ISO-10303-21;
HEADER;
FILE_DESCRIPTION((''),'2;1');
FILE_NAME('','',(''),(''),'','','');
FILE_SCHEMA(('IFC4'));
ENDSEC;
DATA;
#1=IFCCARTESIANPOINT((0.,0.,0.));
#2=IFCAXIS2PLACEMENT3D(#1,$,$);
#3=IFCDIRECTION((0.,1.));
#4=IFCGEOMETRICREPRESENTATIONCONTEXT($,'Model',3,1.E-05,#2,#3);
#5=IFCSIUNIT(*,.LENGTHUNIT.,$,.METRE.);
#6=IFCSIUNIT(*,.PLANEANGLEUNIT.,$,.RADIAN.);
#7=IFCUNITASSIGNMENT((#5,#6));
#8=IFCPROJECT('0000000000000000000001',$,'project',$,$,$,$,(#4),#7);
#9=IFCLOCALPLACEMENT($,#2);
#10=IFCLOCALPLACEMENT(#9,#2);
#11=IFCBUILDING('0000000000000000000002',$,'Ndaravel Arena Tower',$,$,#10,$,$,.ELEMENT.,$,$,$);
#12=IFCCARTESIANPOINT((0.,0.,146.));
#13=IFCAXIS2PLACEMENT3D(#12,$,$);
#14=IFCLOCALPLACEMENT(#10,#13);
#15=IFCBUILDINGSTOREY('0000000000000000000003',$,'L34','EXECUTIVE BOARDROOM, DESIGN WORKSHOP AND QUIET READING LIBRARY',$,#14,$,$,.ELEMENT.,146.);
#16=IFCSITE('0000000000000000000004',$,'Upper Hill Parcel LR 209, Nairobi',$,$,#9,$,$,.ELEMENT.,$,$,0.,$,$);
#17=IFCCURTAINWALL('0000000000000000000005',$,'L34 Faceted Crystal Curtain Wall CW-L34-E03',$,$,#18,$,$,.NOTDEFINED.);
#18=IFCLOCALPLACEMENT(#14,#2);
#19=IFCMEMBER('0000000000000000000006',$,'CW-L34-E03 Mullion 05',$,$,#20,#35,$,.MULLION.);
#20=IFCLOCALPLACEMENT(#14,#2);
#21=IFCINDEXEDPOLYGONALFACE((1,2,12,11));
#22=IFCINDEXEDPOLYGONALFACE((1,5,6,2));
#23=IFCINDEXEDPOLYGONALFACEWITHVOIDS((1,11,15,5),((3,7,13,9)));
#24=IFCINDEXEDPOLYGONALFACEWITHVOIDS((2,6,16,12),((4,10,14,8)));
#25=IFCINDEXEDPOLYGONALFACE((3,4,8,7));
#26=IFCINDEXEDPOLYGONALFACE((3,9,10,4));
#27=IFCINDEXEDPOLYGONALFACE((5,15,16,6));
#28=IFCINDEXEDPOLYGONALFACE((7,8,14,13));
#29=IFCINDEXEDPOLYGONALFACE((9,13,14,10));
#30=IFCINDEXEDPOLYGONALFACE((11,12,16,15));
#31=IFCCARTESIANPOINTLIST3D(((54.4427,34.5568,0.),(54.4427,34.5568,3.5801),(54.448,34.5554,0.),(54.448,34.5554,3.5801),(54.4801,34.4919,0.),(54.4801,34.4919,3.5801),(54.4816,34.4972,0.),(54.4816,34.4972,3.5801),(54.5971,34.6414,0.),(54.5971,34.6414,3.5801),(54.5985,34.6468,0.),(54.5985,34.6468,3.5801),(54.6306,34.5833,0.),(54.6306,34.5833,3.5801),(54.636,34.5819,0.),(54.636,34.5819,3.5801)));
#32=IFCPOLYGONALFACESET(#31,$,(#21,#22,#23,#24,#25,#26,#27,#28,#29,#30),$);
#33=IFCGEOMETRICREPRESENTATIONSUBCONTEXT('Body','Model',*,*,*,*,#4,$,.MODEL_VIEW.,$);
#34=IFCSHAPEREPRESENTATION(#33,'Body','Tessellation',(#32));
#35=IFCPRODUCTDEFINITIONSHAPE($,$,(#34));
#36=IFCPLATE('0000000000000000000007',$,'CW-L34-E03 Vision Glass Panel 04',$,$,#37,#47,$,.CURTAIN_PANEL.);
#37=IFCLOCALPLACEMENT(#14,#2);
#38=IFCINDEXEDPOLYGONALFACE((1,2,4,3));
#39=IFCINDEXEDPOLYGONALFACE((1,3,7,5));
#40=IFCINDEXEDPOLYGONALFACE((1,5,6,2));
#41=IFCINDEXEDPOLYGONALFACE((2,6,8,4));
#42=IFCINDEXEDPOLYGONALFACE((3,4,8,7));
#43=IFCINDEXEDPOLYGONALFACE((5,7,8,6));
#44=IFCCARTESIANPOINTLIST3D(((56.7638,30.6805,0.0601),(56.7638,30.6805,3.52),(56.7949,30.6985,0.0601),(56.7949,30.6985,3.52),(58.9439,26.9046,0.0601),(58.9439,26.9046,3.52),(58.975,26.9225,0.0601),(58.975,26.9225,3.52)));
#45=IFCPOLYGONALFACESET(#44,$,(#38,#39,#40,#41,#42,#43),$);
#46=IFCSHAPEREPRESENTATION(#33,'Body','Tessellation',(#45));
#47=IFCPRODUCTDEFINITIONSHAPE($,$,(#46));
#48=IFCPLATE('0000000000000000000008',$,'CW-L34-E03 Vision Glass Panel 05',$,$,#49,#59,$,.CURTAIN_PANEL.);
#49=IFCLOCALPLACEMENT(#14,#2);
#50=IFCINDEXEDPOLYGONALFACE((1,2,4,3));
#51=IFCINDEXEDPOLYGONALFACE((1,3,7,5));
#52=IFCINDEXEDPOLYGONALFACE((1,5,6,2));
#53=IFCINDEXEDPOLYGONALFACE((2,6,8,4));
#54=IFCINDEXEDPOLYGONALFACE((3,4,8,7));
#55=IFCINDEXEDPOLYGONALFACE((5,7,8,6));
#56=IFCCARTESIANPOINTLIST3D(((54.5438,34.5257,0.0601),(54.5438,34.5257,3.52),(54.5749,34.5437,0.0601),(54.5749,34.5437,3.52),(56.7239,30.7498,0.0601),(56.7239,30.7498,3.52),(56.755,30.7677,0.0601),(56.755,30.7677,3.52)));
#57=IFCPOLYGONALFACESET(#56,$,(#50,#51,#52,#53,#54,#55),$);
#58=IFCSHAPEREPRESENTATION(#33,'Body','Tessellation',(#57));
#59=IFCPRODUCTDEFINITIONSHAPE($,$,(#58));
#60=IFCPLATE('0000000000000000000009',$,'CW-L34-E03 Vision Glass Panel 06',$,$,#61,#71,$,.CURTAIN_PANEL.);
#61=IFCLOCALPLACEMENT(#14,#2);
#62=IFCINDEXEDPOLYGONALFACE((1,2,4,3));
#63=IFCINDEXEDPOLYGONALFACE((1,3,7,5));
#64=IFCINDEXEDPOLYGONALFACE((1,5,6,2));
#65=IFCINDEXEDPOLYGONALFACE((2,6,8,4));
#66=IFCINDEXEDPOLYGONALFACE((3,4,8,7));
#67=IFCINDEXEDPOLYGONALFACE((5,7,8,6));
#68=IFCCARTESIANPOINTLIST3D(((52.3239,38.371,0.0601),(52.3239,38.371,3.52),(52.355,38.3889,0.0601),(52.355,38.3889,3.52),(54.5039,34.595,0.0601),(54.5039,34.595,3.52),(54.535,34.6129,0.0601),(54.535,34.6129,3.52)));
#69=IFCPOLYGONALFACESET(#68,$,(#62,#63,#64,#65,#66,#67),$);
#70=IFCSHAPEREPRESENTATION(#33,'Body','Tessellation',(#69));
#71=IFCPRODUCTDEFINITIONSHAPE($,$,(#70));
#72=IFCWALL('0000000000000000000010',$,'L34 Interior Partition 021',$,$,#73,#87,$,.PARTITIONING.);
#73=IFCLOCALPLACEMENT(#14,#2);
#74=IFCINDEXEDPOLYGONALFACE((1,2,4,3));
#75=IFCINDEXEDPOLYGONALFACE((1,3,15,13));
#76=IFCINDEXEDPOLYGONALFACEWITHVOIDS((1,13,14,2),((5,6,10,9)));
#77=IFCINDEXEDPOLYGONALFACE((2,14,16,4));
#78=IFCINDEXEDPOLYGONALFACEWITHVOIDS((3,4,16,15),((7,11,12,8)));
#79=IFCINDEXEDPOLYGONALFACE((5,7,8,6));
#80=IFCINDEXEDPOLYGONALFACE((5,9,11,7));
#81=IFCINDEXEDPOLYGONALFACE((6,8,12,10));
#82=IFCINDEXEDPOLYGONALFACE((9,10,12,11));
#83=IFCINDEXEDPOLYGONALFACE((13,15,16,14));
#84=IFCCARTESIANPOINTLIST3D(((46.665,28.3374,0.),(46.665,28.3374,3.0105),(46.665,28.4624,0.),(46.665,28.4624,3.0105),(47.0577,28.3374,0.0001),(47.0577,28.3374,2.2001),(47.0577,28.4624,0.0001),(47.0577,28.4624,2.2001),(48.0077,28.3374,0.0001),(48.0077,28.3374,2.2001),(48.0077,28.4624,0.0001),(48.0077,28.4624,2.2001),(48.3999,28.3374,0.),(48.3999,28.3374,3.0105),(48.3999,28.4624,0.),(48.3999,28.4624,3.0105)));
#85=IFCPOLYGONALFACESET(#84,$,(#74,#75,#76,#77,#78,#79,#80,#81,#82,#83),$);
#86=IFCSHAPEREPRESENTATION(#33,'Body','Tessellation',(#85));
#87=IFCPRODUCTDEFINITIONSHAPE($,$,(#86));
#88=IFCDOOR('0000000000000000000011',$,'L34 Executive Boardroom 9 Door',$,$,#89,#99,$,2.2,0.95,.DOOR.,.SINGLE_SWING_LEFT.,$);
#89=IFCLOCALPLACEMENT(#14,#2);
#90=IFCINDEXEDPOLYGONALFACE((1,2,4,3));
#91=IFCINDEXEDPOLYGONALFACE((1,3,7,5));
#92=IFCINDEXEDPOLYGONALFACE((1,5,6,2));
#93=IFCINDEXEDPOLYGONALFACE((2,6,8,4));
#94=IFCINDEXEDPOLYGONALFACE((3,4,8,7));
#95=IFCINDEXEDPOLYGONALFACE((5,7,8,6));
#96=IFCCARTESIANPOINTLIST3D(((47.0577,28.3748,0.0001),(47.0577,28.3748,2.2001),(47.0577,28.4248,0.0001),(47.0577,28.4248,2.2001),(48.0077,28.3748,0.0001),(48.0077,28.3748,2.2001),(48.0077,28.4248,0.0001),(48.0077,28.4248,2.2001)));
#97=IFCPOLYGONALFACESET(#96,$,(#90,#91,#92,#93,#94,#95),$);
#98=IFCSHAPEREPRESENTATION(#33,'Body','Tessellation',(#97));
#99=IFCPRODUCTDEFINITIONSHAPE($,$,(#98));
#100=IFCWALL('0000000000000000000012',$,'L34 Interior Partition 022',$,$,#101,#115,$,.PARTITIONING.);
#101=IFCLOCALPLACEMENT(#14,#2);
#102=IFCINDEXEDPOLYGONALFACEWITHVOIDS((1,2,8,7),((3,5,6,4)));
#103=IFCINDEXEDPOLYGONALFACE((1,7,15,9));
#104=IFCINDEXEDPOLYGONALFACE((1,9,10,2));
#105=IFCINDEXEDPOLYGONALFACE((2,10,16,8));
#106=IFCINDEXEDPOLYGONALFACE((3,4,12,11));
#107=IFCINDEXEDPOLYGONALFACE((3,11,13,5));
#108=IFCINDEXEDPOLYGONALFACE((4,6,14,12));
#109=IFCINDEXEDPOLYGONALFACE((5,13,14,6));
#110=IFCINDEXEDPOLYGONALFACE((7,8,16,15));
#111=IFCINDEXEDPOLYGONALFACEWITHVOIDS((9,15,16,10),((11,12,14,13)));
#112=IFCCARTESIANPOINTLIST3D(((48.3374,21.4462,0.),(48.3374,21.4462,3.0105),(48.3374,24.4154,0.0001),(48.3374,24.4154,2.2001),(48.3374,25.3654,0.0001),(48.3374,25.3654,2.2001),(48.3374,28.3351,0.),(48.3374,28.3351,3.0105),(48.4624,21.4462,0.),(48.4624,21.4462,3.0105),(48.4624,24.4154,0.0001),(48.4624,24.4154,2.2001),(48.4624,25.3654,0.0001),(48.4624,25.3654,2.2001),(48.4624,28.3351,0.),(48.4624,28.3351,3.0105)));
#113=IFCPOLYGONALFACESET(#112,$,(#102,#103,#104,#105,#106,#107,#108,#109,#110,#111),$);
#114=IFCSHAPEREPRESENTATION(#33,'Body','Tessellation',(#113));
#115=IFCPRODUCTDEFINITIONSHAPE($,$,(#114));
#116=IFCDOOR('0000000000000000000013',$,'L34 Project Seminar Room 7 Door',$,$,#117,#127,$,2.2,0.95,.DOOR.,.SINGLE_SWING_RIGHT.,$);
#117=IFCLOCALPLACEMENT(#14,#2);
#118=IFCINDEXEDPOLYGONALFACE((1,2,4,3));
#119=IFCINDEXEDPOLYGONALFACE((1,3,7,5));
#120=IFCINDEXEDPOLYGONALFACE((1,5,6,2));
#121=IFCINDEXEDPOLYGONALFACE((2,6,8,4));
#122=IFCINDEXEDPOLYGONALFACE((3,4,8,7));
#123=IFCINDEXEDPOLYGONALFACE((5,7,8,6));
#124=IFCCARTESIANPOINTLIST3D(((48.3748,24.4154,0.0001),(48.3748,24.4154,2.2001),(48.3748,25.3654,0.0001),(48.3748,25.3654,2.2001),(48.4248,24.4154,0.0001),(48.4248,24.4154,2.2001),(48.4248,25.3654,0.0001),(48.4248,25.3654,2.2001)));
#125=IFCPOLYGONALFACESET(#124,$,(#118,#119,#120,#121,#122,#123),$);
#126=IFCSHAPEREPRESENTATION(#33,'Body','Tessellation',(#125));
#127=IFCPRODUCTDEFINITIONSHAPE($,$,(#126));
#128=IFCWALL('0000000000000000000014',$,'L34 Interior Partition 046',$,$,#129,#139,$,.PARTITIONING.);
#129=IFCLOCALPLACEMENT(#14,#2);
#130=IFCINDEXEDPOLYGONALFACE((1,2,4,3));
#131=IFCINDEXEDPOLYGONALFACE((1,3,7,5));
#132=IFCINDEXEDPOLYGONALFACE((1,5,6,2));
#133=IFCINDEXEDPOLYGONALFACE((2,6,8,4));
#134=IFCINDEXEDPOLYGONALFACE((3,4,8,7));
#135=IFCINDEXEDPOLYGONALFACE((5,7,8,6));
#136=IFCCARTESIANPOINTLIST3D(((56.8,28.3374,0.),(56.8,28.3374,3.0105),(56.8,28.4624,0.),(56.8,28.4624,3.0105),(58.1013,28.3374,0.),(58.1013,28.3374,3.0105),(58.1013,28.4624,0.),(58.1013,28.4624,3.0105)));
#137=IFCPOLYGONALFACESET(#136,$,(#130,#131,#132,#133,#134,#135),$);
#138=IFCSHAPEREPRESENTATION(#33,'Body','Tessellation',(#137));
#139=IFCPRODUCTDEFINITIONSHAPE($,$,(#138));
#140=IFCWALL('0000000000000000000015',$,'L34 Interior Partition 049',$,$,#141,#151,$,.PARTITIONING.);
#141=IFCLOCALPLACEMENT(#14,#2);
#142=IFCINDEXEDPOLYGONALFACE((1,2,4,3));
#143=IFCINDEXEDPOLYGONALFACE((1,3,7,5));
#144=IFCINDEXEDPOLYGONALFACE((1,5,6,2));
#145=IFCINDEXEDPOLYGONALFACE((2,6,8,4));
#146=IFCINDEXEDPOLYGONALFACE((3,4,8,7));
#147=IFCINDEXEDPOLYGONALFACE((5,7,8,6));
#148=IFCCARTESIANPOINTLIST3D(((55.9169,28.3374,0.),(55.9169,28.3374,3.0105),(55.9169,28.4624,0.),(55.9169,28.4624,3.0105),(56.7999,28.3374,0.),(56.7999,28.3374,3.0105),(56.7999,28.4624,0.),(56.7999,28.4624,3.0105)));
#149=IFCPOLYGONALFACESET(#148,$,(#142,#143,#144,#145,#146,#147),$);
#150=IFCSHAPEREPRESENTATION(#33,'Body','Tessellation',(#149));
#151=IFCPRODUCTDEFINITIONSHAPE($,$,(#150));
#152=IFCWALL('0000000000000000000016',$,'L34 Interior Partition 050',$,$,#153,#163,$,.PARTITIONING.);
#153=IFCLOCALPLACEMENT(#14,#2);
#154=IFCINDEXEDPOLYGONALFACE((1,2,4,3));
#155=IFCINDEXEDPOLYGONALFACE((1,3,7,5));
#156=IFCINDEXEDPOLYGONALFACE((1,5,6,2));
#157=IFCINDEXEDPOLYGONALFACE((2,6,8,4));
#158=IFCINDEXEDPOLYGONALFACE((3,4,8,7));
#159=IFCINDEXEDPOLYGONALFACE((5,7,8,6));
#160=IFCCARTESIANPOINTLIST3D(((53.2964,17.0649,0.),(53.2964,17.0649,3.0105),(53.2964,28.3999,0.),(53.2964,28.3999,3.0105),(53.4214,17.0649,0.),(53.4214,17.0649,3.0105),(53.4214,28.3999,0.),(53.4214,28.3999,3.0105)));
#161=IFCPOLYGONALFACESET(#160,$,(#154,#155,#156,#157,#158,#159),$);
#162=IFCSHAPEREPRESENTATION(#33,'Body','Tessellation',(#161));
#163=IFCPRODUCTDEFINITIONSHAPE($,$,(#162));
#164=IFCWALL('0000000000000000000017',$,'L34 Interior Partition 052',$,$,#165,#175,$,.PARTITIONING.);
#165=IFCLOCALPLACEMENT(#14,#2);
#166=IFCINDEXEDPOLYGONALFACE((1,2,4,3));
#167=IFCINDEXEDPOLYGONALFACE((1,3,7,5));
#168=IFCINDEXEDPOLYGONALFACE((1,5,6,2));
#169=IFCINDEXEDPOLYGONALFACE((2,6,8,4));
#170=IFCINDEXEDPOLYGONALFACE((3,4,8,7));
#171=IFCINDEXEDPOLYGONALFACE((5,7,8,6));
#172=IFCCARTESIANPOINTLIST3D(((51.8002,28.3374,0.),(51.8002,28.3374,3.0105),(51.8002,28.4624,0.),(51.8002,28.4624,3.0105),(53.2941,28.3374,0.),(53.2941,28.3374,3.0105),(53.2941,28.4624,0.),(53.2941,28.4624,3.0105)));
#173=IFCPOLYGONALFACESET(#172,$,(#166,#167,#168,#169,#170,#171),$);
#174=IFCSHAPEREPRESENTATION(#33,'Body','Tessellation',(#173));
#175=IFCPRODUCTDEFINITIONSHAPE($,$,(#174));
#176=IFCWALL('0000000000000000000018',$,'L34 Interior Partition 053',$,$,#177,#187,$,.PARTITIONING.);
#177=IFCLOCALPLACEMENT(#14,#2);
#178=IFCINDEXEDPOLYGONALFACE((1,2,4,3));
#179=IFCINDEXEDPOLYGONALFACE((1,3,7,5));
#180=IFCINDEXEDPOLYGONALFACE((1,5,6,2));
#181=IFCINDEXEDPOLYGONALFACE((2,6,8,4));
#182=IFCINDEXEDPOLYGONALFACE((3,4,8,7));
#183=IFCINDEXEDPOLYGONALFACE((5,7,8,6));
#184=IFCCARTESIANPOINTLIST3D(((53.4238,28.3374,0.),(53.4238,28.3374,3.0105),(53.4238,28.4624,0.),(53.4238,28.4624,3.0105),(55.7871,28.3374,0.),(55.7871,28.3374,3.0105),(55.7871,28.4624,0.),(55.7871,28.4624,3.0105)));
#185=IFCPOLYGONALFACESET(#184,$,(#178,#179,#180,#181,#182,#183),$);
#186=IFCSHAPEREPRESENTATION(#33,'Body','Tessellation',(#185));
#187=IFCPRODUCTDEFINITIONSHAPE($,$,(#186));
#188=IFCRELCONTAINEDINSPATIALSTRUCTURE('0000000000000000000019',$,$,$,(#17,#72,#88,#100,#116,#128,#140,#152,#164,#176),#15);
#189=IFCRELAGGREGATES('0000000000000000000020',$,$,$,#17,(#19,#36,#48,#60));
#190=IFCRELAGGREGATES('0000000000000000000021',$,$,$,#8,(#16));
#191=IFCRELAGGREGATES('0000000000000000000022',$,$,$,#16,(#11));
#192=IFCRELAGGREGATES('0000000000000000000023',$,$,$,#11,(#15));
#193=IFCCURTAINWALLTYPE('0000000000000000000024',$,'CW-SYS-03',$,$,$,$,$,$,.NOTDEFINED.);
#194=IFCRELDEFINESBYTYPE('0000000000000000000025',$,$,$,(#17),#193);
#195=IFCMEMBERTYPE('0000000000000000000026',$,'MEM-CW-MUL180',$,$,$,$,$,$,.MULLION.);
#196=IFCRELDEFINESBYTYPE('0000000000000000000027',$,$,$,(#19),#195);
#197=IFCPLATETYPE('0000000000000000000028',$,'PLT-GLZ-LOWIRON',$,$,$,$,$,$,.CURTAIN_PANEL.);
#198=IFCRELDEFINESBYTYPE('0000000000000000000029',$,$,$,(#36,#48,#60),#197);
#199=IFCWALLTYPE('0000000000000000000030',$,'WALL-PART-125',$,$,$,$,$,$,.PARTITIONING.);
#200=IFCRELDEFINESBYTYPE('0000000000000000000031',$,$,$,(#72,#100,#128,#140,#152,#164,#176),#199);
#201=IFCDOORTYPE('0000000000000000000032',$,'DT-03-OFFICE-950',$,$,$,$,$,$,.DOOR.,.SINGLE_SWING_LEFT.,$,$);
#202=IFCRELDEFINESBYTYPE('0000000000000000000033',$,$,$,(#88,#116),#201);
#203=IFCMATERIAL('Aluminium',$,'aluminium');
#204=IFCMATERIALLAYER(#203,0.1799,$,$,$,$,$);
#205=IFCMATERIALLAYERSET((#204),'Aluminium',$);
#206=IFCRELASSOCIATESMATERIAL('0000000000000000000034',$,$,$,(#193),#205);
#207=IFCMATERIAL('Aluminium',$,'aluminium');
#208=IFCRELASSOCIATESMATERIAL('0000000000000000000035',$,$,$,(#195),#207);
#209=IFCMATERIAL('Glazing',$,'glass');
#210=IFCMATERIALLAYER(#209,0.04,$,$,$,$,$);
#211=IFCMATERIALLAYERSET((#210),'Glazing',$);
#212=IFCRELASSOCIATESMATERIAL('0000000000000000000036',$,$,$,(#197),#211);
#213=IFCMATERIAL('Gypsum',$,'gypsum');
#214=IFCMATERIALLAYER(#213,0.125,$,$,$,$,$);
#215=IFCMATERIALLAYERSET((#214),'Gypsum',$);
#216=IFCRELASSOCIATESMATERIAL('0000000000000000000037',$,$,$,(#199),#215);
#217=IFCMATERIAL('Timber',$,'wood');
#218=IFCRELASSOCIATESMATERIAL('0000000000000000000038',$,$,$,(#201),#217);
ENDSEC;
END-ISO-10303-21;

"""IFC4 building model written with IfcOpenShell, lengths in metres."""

from ifc_helpers import new_model, si_unit, direction, frame, frame_2d, origin, origin_2d, place, context, subcontext, project, spatial, rectangle, hollow_rectangle, extrude, material, layer, layer_set, material_profile, profile_set, type_object, element, fill, aggregate, save


model = new_model("IFC4")

# Units and contexts
model_context = context("Model", 3, precision=1e-05, world=origin(), true_north=direction((0.0, 1.0)))
body_context = subcontext(model_context, "Body", "Model", "MODEL_VIEW")
ifc_project = project(units=[si_unit("LENGTHUNIT", "METRE"), si_unit("PLANEANGLEUNIT", "RADIAN")], contexts=[model_context])

# Site, building, storey
site_placement = place(None, origin())
site = spatial("IfcSite", under=ifc_project, at=site_placement, Name="Upper Hill Parcel LR 209, Nairobi", CompositionType="ELEMENT", RefElevation=0.0)
building_placement = place(site_placement, origin())
building = spatial("IfcBuilding", under=site, at=building_placement, Name="Ndaravel Arena Tower", CompositionType="ELEMENT")
storey_placement = place(building_placement, frame((0.0, 0.0, 146.0)))
storey = spatial("IfcBuildingStorey", under=building, at=storey_placement, Name="L34", Description="EXECUTIVE BOARDROOM, DESIGN WORKSHOP AND QUIET READING LIBRARY", CompositionType="ELEMENT", Elevation=146.0)

# Curtain wall, member, plates
ifc_material_1 = material(Name="Aluminium", Category="aluminium")
ifc_layer_1 = layer(ifc_material_1, 0.1799)
ifc_layer_set_1 = layer_set([ifc_layer_1], Name="Aluminium")
curtain_wall_type = type_object("IfcCurtainWallType", Name="CW-SYS-03", PredefinedType="NOTDEFINED", material=ifc_layer_set_1)
curtain_wall_placement = place(storey_placement, origin())
curtain_wall = element("IfcCurtainWall", 1, at=curtain_wall_placement, inside=storey, type_object=curtain_wall_type, Name="L34 Faceted Crystal Curtain Wall CW-L34-E03", PredefinedType="NOTDEFINED")
ifc_material_2 = material(Name="Aluminium", Category="aluminium")
ifc_material_profile_1 = material_profile(ifc_material_2, hollow_rectangle(XDim=0.075, YDim=0.1799, WallThickness=0.0039, at=origin_2d()), Name="CW MULLION 75x180x4")
ifc_profile_set_1 = profile_set([ifc_material_profile_1], Name="Aluminium")
member_type = type_object("IfcMemberType", Name="MEM-CW-MUL180", PredefinedType="MULLION", material=ifc_profile_set_1)
member_1_placement = place(storey_placement, frame((54.5393, 34.5693, 0.0), z_axis=(0.0, 0.0, 1.0), x_axis=(-0.5, 0.866025, 0.0)))
member_1 = element("IfcMember", 2, at=member_1_placement, type_object=member_type, Name="CW-L34-E03 Mullion 05", PredefinedType="MULLION", context=body_context, shape_type="SweptSolid", body=[
    extrude(hollow_rectangle(XDim=0.075, YDim=0.1799, WallThickness=0.0039, at=origin_2d()), origin(), (0.0, 0.0, 1.0), 3.5801),
])
ifc_material_3 = material(Name="Glazing", Category="glass")
ifc_layer_2 = layer(ifc_material_3, 0.04)
ifc_layer_set_2 = layer_set([ifc_layer_2], Name="Glazing")
plate_type = type_object("IfcPlateType", Name="PLT-GLZ-LOWIRON", PredefinedType="CURTAIN_PANEL", material=ifc_layer_set_2)
plate_1_placement = place(storey_placement, frame((57.8694, 28.8015, 0.0601), z_axis=(0.0, 0.0, 1.0), x_axis=(-0.5, 0.866025, 0.0)))
plate_1 = element("IfcPlate", 3, at=plate_1_placement, type_object=plate_type, Name="CW-L34-E03 Vision Glass Panel 04", PredefinedType="CURTAIN_PANEL", context=body_context, shape_type="SweptSolid", body=[
    extrude(rectangle(XDim=4.3601, YDim=0.0359, at=origin_2d()), origin(), (0.0, 0.0, 1.0), 3.46),
])
plate_2_placement = place(storey_placement, frame((55.6494, 32.6467, 0.0601), z_axis=(0.0, 0.0, 1.0), x_axis=(-0.5, 0.866025, 0.0)))
plate_2 = element("IfcPlate", 4, at=plate_2_placement, type_object=plate_type, Name="CW-L34-E03 Vision Glass Panel 05", PredefinedType="CURTAIN_PANEL", context=body_context, shape_type="SweptSolid", body=[
    extrude(rectangle(XDim=4.3601, YDim=0.0359, at=origin_2d()), origin(), (0.0, 0.0, 1.0), 3.46),
])
plate_3_placement = place(storey_placement, frame((53.4294, 36.4919, 0.0601), z_axis=(0.0, 0.0, 1.0), x_axis=(-0.5, 0.866025, 0.0)))
plate_3 = element("IfcPlate", 5, at=plate_3_placement, type_object=plate_type, Name="CW-L34-E03 Vision Glass Panel 06", PredefinedType="CURTAIN_PANEL", context=body_context, shape_type="SweptSolid", body=[
    extrude(rectangle(XDim=4.3601, YDim=0.0359, at=origin_2d()), origin(), (0.0, 0.0, 1.0), 3.46),
])
aggregate(curtain_wall, [member_1, plate_1, plate_2, plate_3])

# Walls, openings, doors
ifc_material_4 = material(Name="Gypsum", Category="gypsum")
ifc_layer_3 = layer(ifc_material_4, 0.125)
ifc_layer_set_3 = layer_set([ifc_layer_3], Name="Gypsum")
wall_type_1 = type_object("IfcWallType", Name="WALL-PART-125", PredefinedType="PARTITIONING", material=ifc_layer_set_3)
wall_1_placement = place(storey_placement, frame((46.665, 28.3999, 0.0), z_axis=(0.0, 0.0, 1.0), x_axis=(1.0, 0.0, 0.0)))
wall_1 = element("IfcWall", 6, at=wall_1_placement, inside=storey, type_object=wall_type_1, Name="L34 Interior Partition 021", PredefinedType="PARTITIONING", context=body_context, shape_type="SweptSolid", body=[
    extrude(rectangle(XDim=1.7349, YDim=0.125, at=frame_2d((0.8674, 0.0))), origin(), (0.0, 0.0, 1.0), 3.0105),
])
opening_1_placement = place(wall_1_placement, frame((0.3926, 0.0, 0.0)))
opening_1 = element("IfcOpeningElement", 7, at=opening_1_placement, cuts=wall_1, PredefinedType="OPENING", context=body_context, shape_type="SweptSolid", body=[
    extrude(rectangle(XDim=0.95, YDim=2.2, at=frame_2d((0.4751, 1.1001))), frame((0.0, 0.0625, 0.0), z_axis=(0.0, -1.0, 0.0), x_axis=(1.0, 0.0, 0.0)), (0.0, 0.0, 1.0), 0.125),
])
ifc_material_5 = material(Name="Timber", Category="wood")
door_type = type_object("IfcDoorType", Name="DT-03-OFFICE-950", OperationType="SINGLE_SWING_LEFT", PredefinedType="DOOR", material=ifc_material_5)
door_1_placement = place(opening_1_placement, origin())
door_1 = element("IfcDoor", 8, at=door_1_placement, inside=storey, type_object=door_type, Name="L34 Executive Boardroom 9 Door", OperationType="SINGLE_SWING_LEFT", OverallHeight=2.2, OverallWidth=0.95, PredefinedType="DOOR", context=body_context, shape_type="SweptSolid", body=[
    extrude(rectangle(XDim=0.95, YDim=2.2, at=frame_2d((0.4751, 1.1001))), frame((0.0, 0.0249, 0.0), z_axis=(0.0, -1.0, 0.0), x_axis=(1.0, 0.0, 0.0)), (0.0, 0.0, 1.0), 0.05),
])
fill(opening_1, door_1)
wall_2_placement = place(storey_placement, frame((48.3999, 28.335, 0.0), z_axis=(0.0, 0.0, 1.0), x_axis=(0.0, -1.0, 0.0)))
wall_2 = element("IfcWall", 9, at=wall_2_placement, inside=storey, type_object=wall_type_1, Name="L34 Interior Partition 022", PredefinedType="PARTITIONING", context=body_context, shape_type="SweptSolid", body=[
    extrude(rectangle(XDim=6.8889, YDim=0.125, at=frame_2d((3.4443, 0.0))), origin(), (0.0, 0.0, 1.0), 3.0105),
])
opening_2_placement = place(wall_2_placement, frame((2.9695, 0.0, 0.0)))
opening_2 = element("IfcOpeningElement", 10, at=opening_2_placement, cuts=wall_2, PredefinedType="OPENING", context=body_context, shape_type="SweptSolid", body=[
    extrude(rectangle(XDim=0.95, YDim=2.2, at=frame_2d((0.4751, 1.1001))), frame((0.0, 0.0625, 0.0), z_axis=(0.0, -1.0, 0.0), x_axis=(1.0, 0.0, 0.0)), (0.0, 0.0, 1.0), 0.125),
])
door_2_placement = place(opening_2_placement, origin())
door_2 = element("IfcDoor", 11, at=door_2_placement, inside=storey, type_object=door_type, Name="L34 Project Seminar Room 7 Door", OperationType="SINGLE_SWING_RIGHT", OverallHeight=2.2, OverallWidth=0.95, PredefinedType="DOOR", context=body_context, shape_type="SweptSolid", body=[
    extrude(rectangle(XDim=0.95, YDim=2.2, at=frame_2d((0.4751, 1.1001))), frame((0.0, 0.0249, 0.0), z_axis=(0.0, -1.0, 0.0), x_axis=(1.0, 0.0, 0.0)), (0.0, 0.0, 1.0), 0.05),
])
fill(opening_2, door_2)

# Walls
wall_3_placement = place(storey_placement, frame((56.8, 28.3999, 0.0), z_axis=(0.0, 0.0, 1.0), x_axis=(1.0, 0.0, 0.0)))
element("IfcWall", 12, at=wall_3_placement, inside=storey, type_object=wall_type_1, Name="L34 Interior Partition 046", PredefinedType="PARTITIONING", context=body_context, shape_type="SweptSolid", body=[
    extrude(rectangle(XDim=1.3013, YDim=0.125, at=frame_2d((0.6506, 0.0))), origin(), (0.0, 0.0, 1.0), 3.0105),
])
wall_4_placement = place(storey_placement, frame((55.917, 28.3999, 0.0), z_axis=(0.0, 0.0, 1.0), x_axis=(1.0, 0.0, 0.0)))
element("IfcWall", 13, at=wall_4_placement, inside=storey, type_object=wall_type_1, Name="L34 Interior Partition 049", PredefinedType="PARTITIONING", context=body_context, shape_type="SweptSolid", body=[
    extrude(rectangle(XDim=0.8831, YDim=0.125, at=frame_2d((0.4414, 0.0))), origin(), (0.0, 0.0, 1.0), 3.0105),
])
wall_5_placement = place(storey_placement, frame((53.3589, 28.3999, 0.0), z_axis=(0.0, 0.0, 1.0), x_axis=(0.0, -1.0, 0.0)))
element("IfcWall", 14, at=wall_5_placement, inside=storey, type_object=wall_type_1, Name="L34 Interior Partition 050", PredefinedType="PARTITIONING", context=body_context, shape_type="SweptSolid", body=[
    extrude(rectangle(XDim=11.335, YDim=0.125, at=frame_2d((5.6675, 0.0))), origin(), (0.0, 0.0, 1.0), 3.0105),
])
wall_6_placement = place(storey_placement, frame((51.8, 28.3999, 0.0), z_axis=(0.0, 0.0, 1.0), x_axis=(1.0, 0.0, 0.0)))
element("IfcWall", 15, at=wall_6_placement, inside=storey, type_object=wall_type_1, Name="L34 Interior Partition 052", PredefinedType="PARTITIONING", context=body_context, shape_type="SweptSolid", body=[
    extrude(rectangle(XDim=1.4939, YDim=0.125, at=frame_2d((0.7471, 0.0))), origin(), (0.0, 0.0, 1.0), 3.0105),
])
wall_7_placement = place(storey_placement, frame((53.4238, 28.3999, 0.0), z_axis=(0.0, 0.0, 1.0), x_axis=(1.0, 0.0, 0.0)))
element("IfcWall", 16, at=wall_7_placement, inside=storey, type_object=wall_type_1, Name="L34 Interior Partition 053", PredefinedType="PARTITIONING", context=body_context, shape_type="SweptSolid", body=[
    extrude(rectangle(XDim=2.3633, YDim=0.125, at=frame_2d((1.1816, 0.0))), origin(), (0.0, 0.0, 1.0), 3.0105),
])

save(model, "model.ifc")
